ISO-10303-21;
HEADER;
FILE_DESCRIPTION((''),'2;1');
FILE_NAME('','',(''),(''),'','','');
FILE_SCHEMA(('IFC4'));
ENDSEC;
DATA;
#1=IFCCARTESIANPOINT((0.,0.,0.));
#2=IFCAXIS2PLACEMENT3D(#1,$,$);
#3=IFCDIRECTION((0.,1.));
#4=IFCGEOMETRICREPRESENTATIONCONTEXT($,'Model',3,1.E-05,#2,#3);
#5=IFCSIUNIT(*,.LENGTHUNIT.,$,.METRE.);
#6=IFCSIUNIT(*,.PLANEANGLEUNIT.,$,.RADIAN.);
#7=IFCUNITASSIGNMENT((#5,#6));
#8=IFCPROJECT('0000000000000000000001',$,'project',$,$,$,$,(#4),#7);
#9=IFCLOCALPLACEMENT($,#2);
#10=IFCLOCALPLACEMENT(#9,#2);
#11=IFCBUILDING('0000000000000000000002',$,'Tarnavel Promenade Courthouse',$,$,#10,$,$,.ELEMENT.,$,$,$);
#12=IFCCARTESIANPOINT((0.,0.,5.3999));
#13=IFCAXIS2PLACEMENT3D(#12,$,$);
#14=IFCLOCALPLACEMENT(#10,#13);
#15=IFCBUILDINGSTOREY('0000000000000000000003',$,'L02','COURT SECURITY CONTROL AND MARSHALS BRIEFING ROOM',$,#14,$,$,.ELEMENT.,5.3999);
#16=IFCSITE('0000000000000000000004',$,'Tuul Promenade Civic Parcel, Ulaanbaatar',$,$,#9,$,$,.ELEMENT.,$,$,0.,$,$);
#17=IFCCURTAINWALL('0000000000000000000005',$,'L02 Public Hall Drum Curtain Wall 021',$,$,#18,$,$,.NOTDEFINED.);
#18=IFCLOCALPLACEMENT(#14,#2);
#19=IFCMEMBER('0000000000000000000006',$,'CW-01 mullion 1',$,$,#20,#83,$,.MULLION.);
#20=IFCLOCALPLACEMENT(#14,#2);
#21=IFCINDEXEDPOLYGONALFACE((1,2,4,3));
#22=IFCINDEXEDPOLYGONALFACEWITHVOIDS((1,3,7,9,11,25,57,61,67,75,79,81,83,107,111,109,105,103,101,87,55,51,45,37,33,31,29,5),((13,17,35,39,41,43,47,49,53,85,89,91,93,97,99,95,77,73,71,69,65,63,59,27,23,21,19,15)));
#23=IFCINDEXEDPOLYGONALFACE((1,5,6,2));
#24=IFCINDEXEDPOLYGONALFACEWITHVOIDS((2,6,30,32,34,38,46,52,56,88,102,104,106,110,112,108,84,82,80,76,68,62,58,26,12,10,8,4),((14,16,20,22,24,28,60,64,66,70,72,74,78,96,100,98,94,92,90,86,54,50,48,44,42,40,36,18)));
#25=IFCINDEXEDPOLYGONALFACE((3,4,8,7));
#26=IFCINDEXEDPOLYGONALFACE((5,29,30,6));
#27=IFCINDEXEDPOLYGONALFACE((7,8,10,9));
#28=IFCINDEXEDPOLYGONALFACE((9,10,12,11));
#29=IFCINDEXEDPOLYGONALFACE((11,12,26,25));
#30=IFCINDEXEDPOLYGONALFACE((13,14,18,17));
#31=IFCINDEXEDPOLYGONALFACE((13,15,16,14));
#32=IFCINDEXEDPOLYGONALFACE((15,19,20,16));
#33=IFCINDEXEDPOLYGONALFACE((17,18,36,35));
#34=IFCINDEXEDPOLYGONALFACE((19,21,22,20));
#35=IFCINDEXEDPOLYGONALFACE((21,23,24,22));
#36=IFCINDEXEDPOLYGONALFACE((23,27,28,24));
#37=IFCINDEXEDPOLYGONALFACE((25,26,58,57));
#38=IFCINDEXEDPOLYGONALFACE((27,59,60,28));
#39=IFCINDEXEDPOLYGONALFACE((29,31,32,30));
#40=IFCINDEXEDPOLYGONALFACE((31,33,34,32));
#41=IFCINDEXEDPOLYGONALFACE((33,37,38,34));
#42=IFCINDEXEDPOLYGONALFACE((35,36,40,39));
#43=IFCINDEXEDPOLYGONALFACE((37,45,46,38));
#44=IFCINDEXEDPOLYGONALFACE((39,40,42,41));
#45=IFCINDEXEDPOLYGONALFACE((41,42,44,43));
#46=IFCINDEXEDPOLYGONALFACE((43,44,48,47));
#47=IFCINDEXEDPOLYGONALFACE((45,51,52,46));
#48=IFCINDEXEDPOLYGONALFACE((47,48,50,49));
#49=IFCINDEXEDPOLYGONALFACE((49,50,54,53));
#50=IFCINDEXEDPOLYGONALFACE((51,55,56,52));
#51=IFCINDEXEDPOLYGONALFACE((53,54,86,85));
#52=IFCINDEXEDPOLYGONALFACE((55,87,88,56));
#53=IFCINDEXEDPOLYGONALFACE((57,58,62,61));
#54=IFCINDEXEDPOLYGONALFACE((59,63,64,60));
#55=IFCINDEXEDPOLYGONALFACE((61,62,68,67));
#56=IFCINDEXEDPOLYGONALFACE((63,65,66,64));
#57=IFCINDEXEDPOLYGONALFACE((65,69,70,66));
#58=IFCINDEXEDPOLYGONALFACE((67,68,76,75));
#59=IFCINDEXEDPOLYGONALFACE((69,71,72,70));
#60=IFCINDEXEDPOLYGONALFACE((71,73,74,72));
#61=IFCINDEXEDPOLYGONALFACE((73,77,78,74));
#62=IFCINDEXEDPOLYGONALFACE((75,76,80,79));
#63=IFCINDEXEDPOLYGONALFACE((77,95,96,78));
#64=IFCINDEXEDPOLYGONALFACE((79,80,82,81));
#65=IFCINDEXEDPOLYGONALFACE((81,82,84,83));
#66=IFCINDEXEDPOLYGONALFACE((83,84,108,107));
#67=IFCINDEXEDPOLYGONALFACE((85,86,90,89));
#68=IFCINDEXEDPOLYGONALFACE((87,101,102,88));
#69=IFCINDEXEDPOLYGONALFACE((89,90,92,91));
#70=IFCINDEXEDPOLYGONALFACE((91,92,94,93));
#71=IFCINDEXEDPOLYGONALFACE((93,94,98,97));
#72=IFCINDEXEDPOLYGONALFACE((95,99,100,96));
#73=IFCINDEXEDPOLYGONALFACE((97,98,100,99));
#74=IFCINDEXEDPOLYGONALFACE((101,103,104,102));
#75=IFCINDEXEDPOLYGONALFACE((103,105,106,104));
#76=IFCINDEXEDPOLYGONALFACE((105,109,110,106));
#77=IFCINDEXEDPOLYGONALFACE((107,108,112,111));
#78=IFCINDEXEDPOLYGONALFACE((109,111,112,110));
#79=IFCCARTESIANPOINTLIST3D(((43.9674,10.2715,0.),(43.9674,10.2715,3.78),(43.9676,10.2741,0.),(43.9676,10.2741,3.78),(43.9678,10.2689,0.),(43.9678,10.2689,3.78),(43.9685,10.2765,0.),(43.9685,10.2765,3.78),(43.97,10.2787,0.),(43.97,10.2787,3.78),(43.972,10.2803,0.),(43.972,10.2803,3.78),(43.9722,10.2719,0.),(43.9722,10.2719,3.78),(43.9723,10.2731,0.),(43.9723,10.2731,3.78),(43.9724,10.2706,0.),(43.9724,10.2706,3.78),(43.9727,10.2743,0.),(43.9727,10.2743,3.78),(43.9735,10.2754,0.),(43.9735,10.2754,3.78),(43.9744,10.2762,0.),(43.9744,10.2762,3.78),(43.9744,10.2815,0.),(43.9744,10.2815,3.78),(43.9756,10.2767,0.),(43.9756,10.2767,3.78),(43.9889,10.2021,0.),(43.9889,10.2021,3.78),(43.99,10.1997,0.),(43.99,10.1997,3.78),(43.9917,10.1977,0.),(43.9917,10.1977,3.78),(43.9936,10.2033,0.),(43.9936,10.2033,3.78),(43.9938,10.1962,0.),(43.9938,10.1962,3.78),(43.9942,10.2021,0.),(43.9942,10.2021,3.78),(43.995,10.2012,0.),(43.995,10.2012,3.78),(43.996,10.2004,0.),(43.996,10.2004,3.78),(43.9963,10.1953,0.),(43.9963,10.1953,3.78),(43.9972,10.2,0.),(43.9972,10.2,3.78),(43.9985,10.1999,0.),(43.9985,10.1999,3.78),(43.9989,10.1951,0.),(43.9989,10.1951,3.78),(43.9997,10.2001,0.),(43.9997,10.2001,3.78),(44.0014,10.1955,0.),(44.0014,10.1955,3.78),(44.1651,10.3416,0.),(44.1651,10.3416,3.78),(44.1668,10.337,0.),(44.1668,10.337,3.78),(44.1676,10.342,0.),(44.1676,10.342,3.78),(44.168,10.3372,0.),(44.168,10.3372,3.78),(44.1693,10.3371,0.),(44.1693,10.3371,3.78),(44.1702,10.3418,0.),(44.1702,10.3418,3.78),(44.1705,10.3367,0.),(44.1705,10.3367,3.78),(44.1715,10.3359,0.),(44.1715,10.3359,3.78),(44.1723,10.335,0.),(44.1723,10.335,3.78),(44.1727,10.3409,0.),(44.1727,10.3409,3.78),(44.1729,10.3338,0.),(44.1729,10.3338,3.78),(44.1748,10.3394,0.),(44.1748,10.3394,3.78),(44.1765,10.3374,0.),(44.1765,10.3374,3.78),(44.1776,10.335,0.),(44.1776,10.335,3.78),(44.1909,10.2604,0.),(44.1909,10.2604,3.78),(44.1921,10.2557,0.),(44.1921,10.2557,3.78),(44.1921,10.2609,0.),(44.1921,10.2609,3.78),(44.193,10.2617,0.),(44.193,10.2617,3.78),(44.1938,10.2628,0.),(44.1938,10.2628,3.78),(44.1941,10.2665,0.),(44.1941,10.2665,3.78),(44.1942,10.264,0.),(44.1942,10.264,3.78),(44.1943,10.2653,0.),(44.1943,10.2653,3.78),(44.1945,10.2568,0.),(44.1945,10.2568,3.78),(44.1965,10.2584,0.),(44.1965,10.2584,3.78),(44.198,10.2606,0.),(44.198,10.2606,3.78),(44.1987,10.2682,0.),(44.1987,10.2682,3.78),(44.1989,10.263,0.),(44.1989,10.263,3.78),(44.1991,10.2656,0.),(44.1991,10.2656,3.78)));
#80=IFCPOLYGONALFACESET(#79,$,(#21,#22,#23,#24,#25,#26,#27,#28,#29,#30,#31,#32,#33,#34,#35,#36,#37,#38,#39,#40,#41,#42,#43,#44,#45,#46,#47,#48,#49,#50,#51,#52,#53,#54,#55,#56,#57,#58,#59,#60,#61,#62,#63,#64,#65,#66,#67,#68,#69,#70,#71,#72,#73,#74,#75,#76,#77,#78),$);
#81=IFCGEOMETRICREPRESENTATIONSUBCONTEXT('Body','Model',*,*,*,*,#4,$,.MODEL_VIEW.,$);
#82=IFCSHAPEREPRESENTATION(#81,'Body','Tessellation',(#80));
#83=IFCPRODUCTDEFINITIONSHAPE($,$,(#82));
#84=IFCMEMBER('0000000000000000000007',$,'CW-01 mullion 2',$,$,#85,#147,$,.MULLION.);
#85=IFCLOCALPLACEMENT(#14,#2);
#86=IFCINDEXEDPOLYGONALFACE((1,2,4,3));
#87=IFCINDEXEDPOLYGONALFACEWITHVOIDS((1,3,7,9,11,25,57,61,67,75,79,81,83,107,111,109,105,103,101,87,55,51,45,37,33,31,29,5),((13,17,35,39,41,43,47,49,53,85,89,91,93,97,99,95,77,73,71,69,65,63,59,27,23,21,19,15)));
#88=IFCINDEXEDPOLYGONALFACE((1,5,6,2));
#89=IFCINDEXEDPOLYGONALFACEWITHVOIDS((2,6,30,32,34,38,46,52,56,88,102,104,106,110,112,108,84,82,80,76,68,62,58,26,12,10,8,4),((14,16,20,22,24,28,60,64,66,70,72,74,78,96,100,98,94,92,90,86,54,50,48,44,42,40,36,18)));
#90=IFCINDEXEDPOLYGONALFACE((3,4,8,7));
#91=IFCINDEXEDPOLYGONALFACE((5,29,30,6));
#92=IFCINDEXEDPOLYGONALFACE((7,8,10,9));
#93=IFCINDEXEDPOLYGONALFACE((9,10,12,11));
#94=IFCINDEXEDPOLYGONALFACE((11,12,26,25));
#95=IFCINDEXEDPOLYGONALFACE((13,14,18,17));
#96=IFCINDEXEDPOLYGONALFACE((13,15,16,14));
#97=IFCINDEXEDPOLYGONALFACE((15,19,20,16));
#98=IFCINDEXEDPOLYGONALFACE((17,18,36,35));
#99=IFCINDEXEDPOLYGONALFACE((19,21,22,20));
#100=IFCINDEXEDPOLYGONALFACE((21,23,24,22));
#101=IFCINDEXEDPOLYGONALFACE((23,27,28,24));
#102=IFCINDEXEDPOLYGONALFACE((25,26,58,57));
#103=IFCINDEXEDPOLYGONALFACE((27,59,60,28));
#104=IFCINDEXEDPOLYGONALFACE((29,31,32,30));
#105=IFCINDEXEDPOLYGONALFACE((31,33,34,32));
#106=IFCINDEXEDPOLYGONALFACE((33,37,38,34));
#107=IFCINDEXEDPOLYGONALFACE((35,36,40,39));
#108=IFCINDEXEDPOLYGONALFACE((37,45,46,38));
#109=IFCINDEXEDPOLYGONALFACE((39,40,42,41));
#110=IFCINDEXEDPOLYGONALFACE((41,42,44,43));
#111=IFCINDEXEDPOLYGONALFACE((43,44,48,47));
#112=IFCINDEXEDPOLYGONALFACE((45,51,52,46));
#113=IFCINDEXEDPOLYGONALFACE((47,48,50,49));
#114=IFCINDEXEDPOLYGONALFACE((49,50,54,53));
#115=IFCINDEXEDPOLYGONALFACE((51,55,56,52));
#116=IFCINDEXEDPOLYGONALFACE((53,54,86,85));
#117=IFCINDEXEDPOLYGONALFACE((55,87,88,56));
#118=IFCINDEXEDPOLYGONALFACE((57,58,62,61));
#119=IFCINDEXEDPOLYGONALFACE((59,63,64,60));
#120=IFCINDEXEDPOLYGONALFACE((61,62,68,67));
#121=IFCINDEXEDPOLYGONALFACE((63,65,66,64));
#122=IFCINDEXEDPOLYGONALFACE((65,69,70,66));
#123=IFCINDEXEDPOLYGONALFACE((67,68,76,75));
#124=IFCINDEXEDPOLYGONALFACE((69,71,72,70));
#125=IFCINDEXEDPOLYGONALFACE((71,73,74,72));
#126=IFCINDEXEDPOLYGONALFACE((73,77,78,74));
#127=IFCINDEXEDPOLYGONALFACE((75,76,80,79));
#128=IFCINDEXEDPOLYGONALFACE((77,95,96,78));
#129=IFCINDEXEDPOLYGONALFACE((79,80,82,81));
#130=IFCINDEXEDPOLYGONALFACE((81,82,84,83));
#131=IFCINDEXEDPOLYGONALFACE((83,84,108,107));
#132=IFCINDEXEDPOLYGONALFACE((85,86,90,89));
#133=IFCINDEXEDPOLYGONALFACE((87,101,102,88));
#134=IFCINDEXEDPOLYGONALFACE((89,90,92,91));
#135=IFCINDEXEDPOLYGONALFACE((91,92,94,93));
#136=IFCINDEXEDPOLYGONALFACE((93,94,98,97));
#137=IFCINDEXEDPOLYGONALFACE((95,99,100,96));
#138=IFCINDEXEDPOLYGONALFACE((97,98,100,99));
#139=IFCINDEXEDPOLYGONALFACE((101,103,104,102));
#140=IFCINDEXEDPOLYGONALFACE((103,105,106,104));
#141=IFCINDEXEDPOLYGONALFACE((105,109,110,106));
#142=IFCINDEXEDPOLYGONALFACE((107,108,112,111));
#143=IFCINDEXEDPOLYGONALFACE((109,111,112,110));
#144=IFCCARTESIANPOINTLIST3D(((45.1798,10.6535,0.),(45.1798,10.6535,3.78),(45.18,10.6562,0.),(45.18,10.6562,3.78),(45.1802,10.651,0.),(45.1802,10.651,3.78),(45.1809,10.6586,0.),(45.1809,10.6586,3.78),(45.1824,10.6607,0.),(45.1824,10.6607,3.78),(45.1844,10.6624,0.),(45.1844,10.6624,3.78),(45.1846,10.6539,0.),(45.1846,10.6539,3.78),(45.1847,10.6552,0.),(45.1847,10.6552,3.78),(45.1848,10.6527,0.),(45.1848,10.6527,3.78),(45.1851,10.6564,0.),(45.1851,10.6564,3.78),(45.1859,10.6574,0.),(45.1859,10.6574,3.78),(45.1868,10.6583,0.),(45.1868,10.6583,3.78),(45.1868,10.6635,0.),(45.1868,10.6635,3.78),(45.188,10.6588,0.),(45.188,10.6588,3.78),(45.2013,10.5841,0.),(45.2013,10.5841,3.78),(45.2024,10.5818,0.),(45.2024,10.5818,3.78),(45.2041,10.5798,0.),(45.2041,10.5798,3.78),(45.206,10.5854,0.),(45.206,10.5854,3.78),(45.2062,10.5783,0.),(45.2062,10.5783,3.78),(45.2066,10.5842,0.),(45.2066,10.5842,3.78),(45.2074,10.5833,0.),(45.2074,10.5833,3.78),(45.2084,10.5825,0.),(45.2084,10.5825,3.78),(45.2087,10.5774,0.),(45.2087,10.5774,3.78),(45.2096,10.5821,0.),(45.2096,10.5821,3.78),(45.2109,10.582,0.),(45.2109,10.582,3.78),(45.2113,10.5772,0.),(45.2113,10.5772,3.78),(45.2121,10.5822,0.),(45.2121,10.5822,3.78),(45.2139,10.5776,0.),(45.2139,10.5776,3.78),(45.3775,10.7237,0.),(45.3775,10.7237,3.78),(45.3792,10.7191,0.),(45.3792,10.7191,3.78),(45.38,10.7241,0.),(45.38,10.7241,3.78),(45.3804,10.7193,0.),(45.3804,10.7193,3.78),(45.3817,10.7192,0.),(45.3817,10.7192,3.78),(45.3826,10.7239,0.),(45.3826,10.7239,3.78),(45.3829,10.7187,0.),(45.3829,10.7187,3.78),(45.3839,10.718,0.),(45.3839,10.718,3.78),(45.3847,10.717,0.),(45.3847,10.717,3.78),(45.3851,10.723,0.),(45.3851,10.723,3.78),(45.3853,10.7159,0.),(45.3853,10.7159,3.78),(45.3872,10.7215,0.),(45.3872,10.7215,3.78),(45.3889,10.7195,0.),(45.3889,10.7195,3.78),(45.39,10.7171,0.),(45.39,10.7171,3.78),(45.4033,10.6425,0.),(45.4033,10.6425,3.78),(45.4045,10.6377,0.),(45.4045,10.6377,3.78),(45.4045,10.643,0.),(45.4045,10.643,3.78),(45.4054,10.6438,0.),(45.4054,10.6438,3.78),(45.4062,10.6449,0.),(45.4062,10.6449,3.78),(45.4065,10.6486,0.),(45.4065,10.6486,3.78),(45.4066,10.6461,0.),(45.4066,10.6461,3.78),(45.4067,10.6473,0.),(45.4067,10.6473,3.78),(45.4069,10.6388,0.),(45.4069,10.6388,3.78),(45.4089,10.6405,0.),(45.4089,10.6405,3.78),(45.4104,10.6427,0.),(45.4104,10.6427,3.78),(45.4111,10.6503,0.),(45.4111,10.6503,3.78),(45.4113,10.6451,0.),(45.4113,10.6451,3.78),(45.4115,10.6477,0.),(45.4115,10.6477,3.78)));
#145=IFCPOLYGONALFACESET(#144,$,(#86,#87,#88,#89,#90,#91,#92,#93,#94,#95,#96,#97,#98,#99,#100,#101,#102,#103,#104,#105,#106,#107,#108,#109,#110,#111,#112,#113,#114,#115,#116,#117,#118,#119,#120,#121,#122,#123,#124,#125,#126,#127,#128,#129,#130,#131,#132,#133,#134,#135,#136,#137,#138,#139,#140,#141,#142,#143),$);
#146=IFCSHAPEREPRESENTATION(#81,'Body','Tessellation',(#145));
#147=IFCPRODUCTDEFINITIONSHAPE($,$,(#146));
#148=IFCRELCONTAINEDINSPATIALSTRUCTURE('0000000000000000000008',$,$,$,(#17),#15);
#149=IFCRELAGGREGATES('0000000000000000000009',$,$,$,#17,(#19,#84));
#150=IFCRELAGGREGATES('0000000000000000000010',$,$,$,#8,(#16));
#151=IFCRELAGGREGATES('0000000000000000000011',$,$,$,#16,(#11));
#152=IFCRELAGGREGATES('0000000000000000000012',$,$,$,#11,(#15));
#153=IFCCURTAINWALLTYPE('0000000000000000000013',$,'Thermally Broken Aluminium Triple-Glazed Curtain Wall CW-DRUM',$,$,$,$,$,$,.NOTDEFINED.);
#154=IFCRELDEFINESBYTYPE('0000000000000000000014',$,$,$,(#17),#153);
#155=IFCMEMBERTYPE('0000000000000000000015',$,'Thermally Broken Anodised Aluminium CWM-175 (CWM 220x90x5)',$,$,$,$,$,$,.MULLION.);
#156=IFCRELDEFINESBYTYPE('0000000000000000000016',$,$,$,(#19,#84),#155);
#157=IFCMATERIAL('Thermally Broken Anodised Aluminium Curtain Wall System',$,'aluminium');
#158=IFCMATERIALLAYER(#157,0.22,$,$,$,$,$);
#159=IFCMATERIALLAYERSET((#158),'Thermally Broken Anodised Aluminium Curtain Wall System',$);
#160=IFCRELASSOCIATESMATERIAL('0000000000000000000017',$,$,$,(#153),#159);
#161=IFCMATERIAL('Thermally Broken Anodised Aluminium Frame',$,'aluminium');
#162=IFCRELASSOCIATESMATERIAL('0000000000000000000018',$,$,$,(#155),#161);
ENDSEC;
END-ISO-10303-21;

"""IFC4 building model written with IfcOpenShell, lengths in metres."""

from ifc_helpers import new_model, si_unit, direction, frame, origin, origin_2d, place, context, subcontext, project, spatial, hollow_rectangle, extrude, material, layer, layer_set, material_profile, profile_set, type_object, element, aggregate, save


model = new_model("IFC4")

# Units and contexts
model_context = context("Model", 3, precision=1e-05, world=origin(), true_north=direction((0.0, 1.0)))
body_context = subcontext(model_context, "Body", "Model", "MODEL_VIEW")
ifc_project = project(units=[si_unit("LENGTHUNIT", "METRE"), si_unit("PLANEANGLEUNIT", "RADIAN")], contexts=[model_context])

# Site, building, storey
site_placement = place(None, origin())
site = spatial("IfcSite", under=ifc_project, at=site_placement, Name="Tuul Promenade Civic Parcel, Ulaanbaatar", CompositionType="ELEMENT", RefElevation=0.0)
building_placement = place(site_placement, origin())
building = spatial("IfcBuilding", under=site, at=building_placement, Name="Tarnavel Promenade Courthouse", CompositionType="ELEMENT")
storey_placement = place(building_placement, frame((0.0, 0.0, 5.3999)))
storey = spatial("IfcBuildingStorey", under=building, at=storey_placement, Name="L02", Description="COURT SECURITY CONTROL AND MARSHALS BRIEFING ROOM", CompositionType="ELEMENT", Elevation=5.3999)

# Curtain wall, members
ifc_material_1 = material(Name="Thermally Broken Anodised Aluminium Curtain Wall System", Category="aluminium")
ifc_layer_1 = layer(ifc_material_1, 0.22)
ifc_layer_set_1 = layer_set([ifc_layer_1], Name="Thermally Broken Anodised Aluminium Curtain Wall System")
curtain_wall_type = type_object("IfcCurtainWallType", Name="Thermally Broken Aluminium Triple-Glazed Curtain Wall CW-DRUM", PredefinedType="NOTDEFINED", material=ifc_layer_set_1)
ifc_material_2 = material(Name="Thermally Broken Anodised Aluminium Frame", Category="aluminium")
ifc_material_profile_1 = material_profile(ifc_material_2, hollow_rectangle(XDim=0.0901, YDim=0.22, WallThickness=0.0049, InnerFilletRadius=0.0049, OuterFilletRadius=0.01, at=origin_2d()), Name="CWM 220x90x5")
ifc_profile_set_1 = profile_set([ifc_material_profile_1], Name="Thermally Broken Anodised Aluminium Frame")
member_type_1 = type_object("IfcMemberType", Name="Thermally Broken Anodised Aluminium CWM-175 (CWM 220x90x5)", PredefinedType="MULLION", material=ifc_profile_set_1)
curtain_wall_1_placement = place(storey_placement, origin())
curtain_wall_1 = element("IfcCurtainWall", 1, at=curtain_wall_1_placement, inside=storey, type_object=curtain_wall_type, Name="L02 Public Hall Drum Curtain Wall 021", PredefinedType="NOTDEFINED")
member_1_placement = place(storey_placement, frame((44.0833, 10.2686, 0.0), z_axis=(0.0, 0.0, 1.0), x_axis=(-0.300705, 0.953717, 0.0)))
member_1 = element("IfcMember", 2, at=member_1_placement, type_object=member_type_1, Name="CW-01 mullion 1", PredefinedType="MULLION", context=body_context, shape_type="SweptSolid", body=[
    extrude(hollow_rectangle(XDim=0.0901, YDim=0.22, WallThickness=0.0049, InnerFilletRadius=0.0049, OuterFilletRadius=0.01, at=origin_2d()), origin(), (0.0, 0.0, 1.0), 3.78),
])
member_2_placement = place(storey_placement, frame((45.2957, 10.6506, 0.0), z_axis=(0.0, 0.0, 1.0), x_axis=(-0.300705, 0.953717, 0.0)))
member_2 = element("IfcMember", 3, at=member_2_placement, type_object=member_type_1, Name="CW-01 mullion 2", PredefinedType="MULLION", context=body_context, shape_type="SweptSolid", body=[
    extrude(hollow_rectangle(XDim=0.0901, YDim=0.22, WallThickness=0.0049, InnerFilletRadius=0.0049, OuterFilletRadius=0.01, at=origin_2d()), origin(), (0.0, 0.0, 1.0), 3.78),
])

aggregate(curtain_wall_1, [member_1, member_2])

save(model, "model.ifc")
